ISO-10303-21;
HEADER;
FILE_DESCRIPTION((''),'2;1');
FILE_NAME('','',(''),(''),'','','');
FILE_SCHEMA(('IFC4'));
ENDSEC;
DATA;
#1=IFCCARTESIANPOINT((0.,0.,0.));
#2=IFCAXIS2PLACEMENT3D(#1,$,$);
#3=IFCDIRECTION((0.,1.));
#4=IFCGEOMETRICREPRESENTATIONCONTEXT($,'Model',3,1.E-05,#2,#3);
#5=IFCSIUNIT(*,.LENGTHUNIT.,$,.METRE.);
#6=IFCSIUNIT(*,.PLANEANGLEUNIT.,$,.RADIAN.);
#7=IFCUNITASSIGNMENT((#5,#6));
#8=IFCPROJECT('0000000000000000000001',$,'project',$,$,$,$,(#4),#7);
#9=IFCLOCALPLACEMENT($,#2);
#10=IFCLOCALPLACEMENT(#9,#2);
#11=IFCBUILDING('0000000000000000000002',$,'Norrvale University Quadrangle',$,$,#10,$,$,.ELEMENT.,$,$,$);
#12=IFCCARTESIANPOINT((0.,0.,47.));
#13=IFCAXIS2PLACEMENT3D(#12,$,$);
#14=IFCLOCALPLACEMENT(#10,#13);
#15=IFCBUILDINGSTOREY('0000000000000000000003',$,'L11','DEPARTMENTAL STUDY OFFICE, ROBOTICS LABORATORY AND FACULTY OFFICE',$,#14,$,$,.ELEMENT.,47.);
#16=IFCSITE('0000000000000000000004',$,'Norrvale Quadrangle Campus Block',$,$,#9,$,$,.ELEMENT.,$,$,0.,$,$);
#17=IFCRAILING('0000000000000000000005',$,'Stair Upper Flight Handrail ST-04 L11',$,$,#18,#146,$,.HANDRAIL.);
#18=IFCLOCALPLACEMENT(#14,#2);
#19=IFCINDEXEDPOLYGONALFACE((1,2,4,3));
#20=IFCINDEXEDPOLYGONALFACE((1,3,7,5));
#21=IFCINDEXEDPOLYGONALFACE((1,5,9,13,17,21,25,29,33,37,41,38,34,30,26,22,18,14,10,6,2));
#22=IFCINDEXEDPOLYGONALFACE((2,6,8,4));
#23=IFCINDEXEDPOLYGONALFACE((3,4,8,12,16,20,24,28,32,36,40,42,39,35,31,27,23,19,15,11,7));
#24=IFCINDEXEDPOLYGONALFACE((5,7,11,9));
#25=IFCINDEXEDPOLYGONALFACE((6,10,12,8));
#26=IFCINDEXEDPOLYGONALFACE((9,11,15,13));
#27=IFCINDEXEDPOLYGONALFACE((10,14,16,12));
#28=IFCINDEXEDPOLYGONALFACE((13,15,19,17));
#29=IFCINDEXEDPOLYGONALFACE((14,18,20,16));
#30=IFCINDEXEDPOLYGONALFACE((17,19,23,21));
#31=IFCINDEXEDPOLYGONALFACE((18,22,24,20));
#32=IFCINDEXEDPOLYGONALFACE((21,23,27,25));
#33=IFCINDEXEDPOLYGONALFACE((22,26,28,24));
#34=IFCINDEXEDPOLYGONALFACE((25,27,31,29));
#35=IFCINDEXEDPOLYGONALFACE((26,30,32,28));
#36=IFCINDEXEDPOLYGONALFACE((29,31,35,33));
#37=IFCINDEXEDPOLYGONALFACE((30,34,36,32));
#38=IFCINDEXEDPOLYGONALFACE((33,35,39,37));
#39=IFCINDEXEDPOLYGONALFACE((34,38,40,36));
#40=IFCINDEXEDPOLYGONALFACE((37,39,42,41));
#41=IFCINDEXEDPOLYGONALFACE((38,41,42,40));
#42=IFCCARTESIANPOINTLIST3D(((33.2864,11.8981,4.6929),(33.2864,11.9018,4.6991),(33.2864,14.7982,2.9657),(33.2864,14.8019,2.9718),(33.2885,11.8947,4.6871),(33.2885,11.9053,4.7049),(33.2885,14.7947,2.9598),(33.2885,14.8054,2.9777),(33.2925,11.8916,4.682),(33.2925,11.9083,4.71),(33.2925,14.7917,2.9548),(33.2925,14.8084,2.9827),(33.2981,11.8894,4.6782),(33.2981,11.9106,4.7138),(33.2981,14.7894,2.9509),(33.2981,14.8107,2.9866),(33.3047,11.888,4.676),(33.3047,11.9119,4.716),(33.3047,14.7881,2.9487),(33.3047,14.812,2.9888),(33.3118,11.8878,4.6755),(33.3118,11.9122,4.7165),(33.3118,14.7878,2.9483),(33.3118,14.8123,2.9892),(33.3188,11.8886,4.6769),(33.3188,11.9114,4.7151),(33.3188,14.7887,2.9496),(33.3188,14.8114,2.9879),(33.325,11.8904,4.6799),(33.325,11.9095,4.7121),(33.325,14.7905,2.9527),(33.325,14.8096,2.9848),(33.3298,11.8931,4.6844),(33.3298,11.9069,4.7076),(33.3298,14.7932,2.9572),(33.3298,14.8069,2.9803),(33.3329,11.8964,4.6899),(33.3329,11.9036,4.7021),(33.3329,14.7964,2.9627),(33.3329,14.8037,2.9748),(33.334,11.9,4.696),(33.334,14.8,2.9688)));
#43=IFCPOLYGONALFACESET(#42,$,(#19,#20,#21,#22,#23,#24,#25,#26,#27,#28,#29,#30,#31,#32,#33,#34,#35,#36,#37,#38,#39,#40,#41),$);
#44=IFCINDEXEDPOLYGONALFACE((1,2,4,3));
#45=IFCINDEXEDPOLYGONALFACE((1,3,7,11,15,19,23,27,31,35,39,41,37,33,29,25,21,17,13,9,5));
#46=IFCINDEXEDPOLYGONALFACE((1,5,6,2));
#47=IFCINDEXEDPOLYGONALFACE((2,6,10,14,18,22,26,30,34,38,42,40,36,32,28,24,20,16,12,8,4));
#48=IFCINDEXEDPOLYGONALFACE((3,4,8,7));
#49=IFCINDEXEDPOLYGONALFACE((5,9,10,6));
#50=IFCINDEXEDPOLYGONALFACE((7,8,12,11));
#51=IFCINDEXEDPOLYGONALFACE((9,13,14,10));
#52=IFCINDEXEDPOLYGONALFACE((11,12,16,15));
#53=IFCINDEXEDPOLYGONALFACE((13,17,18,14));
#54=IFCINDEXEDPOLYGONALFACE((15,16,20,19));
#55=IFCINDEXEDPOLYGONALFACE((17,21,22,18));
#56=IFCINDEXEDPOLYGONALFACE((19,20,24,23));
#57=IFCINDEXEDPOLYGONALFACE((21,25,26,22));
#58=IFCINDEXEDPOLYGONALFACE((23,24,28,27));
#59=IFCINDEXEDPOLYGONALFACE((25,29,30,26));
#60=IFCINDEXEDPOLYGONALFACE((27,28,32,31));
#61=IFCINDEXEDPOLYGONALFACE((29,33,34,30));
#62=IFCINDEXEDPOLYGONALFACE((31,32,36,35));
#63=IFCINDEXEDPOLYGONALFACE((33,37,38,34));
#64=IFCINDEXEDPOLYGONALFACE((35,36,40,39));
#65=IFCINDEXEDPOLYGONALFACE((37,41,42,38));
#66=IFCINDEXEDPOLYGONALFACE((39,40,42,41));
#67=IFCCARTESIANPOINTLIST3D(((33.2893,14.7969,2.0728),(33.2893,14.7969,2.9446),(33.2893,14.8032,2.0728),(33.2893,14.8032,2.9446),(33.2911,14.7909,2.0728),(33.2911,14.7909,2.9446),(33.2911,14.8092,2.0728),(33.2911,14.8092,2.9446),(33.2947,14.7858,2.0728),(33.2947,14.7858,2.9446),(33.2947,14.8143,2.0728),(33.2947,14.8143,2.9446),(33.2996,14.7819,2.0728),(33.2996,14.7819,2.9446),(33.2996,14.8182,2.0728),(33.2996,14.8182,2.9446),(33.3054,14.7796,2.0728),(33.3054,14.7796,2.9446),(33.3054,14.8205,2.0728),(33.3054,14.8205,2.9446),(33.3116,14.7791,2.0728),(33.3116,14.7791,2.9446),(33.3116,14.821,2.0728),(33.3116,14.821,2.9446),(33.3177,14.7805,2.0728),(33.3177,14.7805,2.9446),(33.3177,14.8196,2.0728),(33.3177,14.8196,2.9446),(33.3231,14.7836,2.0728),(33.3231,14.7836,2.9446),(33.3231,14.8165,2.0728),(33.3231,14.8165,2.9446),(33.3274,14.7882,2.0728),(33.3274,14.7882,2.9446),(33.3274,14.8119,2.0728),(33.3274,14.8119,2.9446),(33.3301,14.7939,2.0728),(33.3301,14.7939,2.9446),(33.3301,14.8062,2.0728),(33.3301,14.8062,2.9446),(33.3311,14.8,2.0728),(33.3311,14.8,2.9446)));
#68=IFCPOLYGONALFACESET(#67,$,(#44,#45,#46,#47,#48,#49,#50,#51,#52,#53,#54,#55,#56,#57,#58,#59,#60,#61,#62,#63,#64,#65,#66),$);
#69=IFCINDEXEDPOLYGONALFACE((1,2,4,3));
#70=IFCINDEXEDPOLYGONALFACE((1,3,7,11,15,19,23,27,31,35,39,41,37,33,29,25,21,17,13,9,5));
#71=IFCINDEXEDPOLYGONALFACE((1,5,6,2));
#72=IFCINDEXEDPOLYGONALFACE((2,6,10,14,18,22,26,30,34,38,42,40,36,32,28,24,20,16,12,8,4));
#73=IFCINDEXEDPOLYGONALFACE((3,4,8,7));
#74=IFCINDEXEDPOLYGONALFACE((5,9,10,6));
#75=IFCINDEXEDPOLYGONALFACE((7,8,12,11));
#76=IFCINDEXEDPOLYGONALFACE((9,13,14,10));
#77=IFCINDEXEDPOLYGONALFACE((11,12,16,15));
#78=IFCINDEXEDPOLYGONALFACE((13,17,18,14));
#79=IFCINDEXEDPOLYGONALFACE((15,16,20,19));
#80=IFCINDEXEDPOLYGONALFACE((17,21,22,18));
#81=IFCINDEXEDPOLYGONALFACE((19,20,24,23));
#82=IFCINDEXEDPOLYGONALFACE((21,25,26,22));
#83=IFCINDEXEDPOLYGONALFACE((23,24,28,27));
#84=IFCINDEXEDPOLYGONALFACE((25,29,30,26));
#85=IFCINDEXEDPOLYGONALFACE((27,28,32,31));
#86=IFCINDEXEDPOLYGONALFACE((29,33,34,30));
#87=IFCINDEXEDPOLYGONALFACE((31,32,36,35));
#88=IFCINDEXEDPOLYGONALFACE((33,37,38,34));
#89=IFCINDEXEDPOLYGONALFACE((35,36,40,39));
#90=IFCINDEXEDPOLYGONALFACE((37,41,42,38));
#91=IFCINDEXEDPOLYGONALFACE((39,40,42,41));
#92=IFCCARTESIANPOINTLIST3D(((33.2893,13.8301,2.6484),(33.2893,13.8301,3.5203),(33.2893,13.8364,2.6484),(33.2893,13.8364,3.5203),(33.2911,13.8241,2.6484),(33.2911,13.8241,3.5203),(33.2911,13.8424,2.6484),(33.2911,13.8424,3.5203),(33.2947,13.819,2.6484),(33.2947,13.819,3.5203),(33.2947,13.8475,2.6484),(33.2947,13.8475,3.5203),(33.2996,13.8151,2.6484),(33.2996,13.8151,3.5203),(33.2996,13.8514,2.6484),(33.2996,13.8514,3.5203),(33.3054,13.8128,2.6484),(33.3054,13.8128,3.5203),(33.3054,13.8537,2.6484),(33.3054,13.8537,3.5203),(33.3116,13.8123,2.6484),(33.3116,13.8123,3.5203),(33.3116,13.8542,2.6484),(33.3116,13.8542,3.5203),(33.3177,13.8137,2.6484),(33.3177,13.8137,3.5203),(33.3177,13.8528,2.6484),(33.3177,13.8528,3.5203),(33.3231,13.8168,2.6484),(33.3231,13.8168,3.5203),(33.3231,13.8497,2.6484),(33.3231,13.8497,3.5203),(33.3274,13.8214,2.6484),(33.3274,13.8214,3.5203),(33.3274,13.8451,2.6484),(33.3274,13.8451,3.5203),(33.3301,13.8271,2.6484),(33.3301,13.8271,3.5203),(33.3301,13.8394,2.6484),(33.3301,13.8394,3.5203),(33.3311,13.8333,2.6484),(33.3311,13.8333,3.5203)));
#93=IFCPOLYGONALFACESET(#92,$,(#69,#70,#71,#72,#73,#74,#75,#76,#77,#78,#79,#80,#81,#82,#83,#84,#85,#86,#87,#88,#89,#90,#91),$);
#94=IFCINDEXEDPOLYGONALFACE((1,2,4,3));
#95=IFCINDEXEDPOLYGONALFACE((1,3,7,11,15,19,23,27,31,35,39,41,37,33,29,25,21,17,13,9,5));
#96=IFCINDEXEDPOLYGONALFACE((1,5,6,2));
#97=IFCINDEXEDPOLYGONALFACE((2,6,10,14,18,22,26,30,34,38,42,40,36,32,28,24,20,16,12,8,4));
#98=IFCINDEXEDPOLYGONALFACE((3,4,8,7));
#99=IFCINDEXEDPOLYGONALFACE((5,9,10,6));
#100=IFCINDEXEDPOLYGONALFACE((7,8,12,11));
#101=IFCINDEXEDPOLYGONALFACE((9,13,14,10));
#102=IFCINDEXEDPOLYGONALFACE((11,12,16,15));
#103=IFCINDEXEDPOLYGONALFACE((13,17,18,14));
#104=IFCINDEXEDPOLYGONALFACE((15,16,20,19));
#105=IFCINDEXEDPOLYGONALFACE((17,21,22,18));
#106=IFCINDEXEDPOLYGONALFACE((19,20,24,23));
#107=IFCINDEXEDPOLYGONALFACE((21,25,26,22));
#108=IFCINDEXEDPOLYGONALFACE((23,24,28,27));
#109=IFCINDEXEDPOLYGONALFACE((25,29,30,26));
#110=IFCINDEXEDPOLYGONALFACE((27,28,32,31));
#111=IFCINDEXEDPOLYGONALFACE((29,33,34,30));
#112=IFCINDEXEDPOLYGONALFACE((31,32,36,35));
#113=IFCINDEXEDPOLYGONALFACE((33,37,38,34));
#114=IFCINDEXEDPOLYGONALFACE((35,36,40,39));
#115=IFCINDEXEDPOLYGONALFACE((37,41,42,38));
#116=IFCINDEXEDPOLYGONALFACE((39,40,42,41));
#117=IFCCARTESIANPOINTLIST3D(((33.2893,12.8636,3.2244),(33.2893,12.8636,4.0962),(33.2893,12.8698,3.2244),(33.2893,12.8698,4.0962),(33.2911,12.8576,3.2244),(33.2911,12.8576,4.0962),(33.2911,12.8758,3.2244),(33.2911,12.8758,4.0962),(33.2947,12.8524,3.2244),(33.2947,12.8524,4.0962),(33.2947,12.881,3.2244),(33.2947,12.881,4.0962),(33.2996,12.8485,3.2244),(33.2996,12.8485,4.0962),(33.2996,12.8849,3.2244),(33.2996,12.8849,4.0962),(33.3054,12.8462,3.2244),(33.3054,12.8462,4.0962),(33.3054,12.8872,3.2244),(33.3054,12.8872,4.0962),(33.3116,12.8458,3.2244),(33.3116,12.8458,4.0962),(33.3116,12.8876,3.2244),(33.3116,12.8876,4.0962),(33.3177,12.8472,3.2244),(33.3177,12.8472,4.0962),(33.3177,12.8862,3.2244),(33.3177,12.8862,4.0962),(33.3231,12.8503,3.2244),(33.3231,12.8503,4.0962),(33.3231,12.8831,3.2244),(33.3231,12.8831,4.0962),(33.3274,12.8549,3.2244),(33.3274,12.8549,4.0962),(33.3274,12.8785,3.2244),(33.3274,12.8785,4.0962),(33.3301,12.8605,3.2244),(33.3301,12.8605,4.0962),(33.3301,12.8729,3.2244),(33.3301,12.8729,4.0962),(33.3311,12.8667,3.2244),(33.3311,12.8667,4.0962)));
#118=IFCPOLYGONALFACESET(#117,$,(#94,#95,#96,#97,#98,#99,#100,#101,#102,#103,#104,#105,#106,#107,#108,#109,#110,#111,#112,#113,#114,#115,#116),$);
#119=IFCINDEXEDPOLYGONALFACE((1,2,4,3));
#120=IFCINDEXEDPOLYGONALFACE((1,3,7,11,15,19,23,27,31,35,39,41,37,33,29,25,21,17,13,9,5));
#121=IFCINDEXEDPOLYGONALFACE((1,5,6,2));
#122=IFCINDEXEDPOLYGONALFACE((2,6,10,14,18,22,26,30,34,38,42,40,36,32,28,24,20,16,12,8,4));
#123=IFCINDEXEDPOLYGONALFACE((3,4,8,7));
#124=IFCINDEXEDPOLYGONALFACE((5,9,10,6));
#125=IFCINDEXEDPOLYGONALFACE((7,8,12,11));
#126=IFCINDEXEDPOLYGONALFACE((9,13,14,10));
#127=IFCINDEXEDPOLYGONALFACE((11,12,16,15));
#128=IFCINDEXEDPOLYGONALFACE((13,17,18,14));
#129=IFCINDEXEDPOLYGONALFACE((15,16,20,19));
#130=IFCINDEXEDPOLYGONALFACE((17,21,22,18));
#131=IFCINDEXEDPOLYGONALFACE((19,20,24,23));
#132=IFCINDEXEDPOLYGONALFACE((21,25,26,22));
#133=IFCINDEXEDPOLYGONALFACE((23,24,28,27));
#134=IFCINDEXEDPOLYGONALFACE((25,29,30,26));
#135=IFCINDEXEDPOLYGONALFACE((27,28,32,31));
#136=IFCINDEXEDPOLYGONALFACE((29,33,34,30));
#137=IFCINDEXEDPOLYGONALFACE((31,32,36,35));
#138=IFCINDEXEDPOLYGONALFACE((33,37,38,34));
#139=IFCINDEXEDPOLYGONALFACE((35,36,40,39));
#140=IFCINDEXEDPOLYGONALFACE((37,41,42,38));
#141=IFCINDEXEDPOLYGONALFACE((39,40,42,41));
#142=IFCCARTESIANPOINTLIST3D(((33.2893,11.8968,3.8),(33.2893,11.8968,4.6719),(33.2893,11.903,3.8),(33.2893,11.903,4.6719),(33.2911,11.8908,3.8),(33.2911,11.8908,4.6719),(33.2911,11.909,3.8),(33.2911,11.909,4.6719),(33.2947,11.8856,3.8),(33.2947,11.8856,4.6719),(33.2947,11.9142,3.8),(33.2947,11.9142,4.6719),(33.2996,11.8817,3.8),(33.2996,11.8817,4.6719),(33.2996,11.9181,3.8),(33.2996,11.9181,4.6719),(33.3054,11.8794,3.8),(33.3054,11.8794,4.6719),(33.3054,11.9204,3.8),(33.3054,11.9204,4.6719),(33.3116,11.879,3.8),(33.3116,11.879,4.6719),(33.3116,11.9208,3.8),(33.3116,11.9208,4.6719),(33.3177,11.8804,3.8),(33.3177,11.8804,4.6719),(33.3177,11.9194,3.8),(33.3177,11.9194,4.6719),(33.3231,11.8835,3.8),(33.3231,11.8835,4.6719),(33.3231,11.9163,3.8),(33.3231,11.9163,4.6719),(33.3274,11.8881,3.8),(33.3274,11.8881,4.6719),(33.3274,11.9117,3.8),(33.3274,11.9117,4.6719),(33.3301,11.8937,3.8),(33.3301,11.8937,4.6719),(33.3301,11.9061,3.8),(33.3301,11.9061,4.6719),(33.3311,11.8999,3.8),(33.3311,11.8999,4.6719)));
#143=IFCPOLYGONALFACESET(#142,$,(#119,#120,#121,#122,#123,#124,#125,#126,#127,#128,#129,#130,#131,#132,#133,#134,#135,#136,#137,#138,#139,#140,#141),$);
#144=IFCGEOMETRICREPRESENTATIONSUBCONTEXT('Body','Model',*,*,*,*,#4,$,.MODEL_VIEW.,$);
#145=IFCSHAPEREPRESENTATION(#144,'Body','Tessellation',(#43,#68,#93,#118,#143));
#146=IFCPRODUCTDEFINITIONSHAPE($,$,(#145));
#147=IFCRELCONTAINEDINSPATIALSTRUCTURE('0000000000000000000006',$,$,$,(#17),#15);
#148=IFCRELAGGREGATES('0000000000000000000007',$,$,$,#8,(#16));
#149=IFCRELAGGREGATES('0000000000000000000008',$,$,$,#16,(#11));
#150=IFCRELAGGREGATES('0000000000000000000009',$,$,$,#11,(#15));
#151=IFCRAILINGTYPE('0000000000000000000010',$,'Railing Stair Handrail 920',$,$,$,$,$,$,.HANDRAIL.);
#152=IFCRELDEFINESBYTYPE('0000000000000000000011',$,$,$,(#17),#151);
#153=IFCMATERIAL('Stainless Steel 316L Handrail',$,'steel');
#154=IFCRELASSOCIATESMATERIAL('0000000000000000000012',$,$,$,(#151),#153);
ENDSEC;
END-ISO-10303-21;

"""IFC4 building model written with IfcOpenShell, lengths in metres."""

from ifc_helpers import new_model, si_unit, direction, frame, origin, origin_2d, place, context, subcontext, project, spatial, circle, extrude, material, type_object, element, save


model = new_model("IFC4")

# Units and contexts
model_context = context("Model", 3, precision=1e-05, world=origin(), true_north=direction((0.0, 1.0)))
body_context = subcontext(model_context, "Body", "Model", "MODEL_VIEW")
ifc_project = project(units=[si_unit("LENGTHUNIT", "METRE"), si_unit("PLANEANGLEUNIT", "RADIAN")], contexts=[model_context])

# Site, building, storey
site_placement = place(None, origin())
site = spatial("IfcSite", under=ifc_project, at=site_placement, Name="Norrvale Quadrangle Campus Block", CompositionType="ELEMENT", RefElevation=0.0)
building_placement = place(site_placement, origin())
building = spatial("IfcBuilding", under=site, at=building_placement, Name="Norrvale University Quadrangle", CompositionType="ELEMENT")
storey_placement = place(building_placement, frame((0.0, 0.0, 47.0)))
storey = spatial("IfcBuildingStorey", under=building, at=storey_placement, Name="L11", Description="DEPARTMENTAL STUDY OFFICE, ROBOTICS LABORATORY AND FACULTY OFFICE", CompositionType="ELEMENT", Elevation=47.0)

# Railing
ifc_material_1 = material(Name="Stainless Steel 316L Handrail", Category="steel")
railing_type_1 = type_object("IfcRailingType", Name="Railing Stair Handrail 920", PredefinedType="HANDRAIL", material=ifc_material_1)
railing_1_placement = place(storey_placement, frame((33.3101, 14.8, 2.0728)))
element("IfcRailing", 1, at=railing_1_placement, inside=storey, type_object=railing_type_1, Name="Stair Upper Flight Handrail ST-04 L11", PredefinedType="HANDRAIL", context=body_context, shape_type="SweptSolid", body=[
    extrude(circle(Radius=0.0239, at=origin_2d()), frame((0.0, 0.0, 0.896), z_axis=(0.0, -0.85916, 0.511706), x_axis=(1.0, 0.0, 0.0)), (0.0, 0.0, 1.0), 3.3755),
    extrude(circle(Radius=0.021, at=origin_2d()), origin(), (0.0, 0.0, 1.0), 0.8718),
    extrude(circle(Radius=0.021, at=origin_2d()), frame((0.0, -0.9668, 0.5757)), (0.0, 0.0, 1.0), 0.8718),
    extrude(circle(Radius=0.021, at=origin_2d()), frame((0.0, -1.9333, 1.1516)), (0.0, 0.0, 1.0), 0.8718),
    extrude(circle(Radius=0.021, at=origin_2d()), frame((0.0, -2.9001, 1.7273)), (0.0, 0.0, 1.0), 0.8718),
])

save(model, "model.ifc")
